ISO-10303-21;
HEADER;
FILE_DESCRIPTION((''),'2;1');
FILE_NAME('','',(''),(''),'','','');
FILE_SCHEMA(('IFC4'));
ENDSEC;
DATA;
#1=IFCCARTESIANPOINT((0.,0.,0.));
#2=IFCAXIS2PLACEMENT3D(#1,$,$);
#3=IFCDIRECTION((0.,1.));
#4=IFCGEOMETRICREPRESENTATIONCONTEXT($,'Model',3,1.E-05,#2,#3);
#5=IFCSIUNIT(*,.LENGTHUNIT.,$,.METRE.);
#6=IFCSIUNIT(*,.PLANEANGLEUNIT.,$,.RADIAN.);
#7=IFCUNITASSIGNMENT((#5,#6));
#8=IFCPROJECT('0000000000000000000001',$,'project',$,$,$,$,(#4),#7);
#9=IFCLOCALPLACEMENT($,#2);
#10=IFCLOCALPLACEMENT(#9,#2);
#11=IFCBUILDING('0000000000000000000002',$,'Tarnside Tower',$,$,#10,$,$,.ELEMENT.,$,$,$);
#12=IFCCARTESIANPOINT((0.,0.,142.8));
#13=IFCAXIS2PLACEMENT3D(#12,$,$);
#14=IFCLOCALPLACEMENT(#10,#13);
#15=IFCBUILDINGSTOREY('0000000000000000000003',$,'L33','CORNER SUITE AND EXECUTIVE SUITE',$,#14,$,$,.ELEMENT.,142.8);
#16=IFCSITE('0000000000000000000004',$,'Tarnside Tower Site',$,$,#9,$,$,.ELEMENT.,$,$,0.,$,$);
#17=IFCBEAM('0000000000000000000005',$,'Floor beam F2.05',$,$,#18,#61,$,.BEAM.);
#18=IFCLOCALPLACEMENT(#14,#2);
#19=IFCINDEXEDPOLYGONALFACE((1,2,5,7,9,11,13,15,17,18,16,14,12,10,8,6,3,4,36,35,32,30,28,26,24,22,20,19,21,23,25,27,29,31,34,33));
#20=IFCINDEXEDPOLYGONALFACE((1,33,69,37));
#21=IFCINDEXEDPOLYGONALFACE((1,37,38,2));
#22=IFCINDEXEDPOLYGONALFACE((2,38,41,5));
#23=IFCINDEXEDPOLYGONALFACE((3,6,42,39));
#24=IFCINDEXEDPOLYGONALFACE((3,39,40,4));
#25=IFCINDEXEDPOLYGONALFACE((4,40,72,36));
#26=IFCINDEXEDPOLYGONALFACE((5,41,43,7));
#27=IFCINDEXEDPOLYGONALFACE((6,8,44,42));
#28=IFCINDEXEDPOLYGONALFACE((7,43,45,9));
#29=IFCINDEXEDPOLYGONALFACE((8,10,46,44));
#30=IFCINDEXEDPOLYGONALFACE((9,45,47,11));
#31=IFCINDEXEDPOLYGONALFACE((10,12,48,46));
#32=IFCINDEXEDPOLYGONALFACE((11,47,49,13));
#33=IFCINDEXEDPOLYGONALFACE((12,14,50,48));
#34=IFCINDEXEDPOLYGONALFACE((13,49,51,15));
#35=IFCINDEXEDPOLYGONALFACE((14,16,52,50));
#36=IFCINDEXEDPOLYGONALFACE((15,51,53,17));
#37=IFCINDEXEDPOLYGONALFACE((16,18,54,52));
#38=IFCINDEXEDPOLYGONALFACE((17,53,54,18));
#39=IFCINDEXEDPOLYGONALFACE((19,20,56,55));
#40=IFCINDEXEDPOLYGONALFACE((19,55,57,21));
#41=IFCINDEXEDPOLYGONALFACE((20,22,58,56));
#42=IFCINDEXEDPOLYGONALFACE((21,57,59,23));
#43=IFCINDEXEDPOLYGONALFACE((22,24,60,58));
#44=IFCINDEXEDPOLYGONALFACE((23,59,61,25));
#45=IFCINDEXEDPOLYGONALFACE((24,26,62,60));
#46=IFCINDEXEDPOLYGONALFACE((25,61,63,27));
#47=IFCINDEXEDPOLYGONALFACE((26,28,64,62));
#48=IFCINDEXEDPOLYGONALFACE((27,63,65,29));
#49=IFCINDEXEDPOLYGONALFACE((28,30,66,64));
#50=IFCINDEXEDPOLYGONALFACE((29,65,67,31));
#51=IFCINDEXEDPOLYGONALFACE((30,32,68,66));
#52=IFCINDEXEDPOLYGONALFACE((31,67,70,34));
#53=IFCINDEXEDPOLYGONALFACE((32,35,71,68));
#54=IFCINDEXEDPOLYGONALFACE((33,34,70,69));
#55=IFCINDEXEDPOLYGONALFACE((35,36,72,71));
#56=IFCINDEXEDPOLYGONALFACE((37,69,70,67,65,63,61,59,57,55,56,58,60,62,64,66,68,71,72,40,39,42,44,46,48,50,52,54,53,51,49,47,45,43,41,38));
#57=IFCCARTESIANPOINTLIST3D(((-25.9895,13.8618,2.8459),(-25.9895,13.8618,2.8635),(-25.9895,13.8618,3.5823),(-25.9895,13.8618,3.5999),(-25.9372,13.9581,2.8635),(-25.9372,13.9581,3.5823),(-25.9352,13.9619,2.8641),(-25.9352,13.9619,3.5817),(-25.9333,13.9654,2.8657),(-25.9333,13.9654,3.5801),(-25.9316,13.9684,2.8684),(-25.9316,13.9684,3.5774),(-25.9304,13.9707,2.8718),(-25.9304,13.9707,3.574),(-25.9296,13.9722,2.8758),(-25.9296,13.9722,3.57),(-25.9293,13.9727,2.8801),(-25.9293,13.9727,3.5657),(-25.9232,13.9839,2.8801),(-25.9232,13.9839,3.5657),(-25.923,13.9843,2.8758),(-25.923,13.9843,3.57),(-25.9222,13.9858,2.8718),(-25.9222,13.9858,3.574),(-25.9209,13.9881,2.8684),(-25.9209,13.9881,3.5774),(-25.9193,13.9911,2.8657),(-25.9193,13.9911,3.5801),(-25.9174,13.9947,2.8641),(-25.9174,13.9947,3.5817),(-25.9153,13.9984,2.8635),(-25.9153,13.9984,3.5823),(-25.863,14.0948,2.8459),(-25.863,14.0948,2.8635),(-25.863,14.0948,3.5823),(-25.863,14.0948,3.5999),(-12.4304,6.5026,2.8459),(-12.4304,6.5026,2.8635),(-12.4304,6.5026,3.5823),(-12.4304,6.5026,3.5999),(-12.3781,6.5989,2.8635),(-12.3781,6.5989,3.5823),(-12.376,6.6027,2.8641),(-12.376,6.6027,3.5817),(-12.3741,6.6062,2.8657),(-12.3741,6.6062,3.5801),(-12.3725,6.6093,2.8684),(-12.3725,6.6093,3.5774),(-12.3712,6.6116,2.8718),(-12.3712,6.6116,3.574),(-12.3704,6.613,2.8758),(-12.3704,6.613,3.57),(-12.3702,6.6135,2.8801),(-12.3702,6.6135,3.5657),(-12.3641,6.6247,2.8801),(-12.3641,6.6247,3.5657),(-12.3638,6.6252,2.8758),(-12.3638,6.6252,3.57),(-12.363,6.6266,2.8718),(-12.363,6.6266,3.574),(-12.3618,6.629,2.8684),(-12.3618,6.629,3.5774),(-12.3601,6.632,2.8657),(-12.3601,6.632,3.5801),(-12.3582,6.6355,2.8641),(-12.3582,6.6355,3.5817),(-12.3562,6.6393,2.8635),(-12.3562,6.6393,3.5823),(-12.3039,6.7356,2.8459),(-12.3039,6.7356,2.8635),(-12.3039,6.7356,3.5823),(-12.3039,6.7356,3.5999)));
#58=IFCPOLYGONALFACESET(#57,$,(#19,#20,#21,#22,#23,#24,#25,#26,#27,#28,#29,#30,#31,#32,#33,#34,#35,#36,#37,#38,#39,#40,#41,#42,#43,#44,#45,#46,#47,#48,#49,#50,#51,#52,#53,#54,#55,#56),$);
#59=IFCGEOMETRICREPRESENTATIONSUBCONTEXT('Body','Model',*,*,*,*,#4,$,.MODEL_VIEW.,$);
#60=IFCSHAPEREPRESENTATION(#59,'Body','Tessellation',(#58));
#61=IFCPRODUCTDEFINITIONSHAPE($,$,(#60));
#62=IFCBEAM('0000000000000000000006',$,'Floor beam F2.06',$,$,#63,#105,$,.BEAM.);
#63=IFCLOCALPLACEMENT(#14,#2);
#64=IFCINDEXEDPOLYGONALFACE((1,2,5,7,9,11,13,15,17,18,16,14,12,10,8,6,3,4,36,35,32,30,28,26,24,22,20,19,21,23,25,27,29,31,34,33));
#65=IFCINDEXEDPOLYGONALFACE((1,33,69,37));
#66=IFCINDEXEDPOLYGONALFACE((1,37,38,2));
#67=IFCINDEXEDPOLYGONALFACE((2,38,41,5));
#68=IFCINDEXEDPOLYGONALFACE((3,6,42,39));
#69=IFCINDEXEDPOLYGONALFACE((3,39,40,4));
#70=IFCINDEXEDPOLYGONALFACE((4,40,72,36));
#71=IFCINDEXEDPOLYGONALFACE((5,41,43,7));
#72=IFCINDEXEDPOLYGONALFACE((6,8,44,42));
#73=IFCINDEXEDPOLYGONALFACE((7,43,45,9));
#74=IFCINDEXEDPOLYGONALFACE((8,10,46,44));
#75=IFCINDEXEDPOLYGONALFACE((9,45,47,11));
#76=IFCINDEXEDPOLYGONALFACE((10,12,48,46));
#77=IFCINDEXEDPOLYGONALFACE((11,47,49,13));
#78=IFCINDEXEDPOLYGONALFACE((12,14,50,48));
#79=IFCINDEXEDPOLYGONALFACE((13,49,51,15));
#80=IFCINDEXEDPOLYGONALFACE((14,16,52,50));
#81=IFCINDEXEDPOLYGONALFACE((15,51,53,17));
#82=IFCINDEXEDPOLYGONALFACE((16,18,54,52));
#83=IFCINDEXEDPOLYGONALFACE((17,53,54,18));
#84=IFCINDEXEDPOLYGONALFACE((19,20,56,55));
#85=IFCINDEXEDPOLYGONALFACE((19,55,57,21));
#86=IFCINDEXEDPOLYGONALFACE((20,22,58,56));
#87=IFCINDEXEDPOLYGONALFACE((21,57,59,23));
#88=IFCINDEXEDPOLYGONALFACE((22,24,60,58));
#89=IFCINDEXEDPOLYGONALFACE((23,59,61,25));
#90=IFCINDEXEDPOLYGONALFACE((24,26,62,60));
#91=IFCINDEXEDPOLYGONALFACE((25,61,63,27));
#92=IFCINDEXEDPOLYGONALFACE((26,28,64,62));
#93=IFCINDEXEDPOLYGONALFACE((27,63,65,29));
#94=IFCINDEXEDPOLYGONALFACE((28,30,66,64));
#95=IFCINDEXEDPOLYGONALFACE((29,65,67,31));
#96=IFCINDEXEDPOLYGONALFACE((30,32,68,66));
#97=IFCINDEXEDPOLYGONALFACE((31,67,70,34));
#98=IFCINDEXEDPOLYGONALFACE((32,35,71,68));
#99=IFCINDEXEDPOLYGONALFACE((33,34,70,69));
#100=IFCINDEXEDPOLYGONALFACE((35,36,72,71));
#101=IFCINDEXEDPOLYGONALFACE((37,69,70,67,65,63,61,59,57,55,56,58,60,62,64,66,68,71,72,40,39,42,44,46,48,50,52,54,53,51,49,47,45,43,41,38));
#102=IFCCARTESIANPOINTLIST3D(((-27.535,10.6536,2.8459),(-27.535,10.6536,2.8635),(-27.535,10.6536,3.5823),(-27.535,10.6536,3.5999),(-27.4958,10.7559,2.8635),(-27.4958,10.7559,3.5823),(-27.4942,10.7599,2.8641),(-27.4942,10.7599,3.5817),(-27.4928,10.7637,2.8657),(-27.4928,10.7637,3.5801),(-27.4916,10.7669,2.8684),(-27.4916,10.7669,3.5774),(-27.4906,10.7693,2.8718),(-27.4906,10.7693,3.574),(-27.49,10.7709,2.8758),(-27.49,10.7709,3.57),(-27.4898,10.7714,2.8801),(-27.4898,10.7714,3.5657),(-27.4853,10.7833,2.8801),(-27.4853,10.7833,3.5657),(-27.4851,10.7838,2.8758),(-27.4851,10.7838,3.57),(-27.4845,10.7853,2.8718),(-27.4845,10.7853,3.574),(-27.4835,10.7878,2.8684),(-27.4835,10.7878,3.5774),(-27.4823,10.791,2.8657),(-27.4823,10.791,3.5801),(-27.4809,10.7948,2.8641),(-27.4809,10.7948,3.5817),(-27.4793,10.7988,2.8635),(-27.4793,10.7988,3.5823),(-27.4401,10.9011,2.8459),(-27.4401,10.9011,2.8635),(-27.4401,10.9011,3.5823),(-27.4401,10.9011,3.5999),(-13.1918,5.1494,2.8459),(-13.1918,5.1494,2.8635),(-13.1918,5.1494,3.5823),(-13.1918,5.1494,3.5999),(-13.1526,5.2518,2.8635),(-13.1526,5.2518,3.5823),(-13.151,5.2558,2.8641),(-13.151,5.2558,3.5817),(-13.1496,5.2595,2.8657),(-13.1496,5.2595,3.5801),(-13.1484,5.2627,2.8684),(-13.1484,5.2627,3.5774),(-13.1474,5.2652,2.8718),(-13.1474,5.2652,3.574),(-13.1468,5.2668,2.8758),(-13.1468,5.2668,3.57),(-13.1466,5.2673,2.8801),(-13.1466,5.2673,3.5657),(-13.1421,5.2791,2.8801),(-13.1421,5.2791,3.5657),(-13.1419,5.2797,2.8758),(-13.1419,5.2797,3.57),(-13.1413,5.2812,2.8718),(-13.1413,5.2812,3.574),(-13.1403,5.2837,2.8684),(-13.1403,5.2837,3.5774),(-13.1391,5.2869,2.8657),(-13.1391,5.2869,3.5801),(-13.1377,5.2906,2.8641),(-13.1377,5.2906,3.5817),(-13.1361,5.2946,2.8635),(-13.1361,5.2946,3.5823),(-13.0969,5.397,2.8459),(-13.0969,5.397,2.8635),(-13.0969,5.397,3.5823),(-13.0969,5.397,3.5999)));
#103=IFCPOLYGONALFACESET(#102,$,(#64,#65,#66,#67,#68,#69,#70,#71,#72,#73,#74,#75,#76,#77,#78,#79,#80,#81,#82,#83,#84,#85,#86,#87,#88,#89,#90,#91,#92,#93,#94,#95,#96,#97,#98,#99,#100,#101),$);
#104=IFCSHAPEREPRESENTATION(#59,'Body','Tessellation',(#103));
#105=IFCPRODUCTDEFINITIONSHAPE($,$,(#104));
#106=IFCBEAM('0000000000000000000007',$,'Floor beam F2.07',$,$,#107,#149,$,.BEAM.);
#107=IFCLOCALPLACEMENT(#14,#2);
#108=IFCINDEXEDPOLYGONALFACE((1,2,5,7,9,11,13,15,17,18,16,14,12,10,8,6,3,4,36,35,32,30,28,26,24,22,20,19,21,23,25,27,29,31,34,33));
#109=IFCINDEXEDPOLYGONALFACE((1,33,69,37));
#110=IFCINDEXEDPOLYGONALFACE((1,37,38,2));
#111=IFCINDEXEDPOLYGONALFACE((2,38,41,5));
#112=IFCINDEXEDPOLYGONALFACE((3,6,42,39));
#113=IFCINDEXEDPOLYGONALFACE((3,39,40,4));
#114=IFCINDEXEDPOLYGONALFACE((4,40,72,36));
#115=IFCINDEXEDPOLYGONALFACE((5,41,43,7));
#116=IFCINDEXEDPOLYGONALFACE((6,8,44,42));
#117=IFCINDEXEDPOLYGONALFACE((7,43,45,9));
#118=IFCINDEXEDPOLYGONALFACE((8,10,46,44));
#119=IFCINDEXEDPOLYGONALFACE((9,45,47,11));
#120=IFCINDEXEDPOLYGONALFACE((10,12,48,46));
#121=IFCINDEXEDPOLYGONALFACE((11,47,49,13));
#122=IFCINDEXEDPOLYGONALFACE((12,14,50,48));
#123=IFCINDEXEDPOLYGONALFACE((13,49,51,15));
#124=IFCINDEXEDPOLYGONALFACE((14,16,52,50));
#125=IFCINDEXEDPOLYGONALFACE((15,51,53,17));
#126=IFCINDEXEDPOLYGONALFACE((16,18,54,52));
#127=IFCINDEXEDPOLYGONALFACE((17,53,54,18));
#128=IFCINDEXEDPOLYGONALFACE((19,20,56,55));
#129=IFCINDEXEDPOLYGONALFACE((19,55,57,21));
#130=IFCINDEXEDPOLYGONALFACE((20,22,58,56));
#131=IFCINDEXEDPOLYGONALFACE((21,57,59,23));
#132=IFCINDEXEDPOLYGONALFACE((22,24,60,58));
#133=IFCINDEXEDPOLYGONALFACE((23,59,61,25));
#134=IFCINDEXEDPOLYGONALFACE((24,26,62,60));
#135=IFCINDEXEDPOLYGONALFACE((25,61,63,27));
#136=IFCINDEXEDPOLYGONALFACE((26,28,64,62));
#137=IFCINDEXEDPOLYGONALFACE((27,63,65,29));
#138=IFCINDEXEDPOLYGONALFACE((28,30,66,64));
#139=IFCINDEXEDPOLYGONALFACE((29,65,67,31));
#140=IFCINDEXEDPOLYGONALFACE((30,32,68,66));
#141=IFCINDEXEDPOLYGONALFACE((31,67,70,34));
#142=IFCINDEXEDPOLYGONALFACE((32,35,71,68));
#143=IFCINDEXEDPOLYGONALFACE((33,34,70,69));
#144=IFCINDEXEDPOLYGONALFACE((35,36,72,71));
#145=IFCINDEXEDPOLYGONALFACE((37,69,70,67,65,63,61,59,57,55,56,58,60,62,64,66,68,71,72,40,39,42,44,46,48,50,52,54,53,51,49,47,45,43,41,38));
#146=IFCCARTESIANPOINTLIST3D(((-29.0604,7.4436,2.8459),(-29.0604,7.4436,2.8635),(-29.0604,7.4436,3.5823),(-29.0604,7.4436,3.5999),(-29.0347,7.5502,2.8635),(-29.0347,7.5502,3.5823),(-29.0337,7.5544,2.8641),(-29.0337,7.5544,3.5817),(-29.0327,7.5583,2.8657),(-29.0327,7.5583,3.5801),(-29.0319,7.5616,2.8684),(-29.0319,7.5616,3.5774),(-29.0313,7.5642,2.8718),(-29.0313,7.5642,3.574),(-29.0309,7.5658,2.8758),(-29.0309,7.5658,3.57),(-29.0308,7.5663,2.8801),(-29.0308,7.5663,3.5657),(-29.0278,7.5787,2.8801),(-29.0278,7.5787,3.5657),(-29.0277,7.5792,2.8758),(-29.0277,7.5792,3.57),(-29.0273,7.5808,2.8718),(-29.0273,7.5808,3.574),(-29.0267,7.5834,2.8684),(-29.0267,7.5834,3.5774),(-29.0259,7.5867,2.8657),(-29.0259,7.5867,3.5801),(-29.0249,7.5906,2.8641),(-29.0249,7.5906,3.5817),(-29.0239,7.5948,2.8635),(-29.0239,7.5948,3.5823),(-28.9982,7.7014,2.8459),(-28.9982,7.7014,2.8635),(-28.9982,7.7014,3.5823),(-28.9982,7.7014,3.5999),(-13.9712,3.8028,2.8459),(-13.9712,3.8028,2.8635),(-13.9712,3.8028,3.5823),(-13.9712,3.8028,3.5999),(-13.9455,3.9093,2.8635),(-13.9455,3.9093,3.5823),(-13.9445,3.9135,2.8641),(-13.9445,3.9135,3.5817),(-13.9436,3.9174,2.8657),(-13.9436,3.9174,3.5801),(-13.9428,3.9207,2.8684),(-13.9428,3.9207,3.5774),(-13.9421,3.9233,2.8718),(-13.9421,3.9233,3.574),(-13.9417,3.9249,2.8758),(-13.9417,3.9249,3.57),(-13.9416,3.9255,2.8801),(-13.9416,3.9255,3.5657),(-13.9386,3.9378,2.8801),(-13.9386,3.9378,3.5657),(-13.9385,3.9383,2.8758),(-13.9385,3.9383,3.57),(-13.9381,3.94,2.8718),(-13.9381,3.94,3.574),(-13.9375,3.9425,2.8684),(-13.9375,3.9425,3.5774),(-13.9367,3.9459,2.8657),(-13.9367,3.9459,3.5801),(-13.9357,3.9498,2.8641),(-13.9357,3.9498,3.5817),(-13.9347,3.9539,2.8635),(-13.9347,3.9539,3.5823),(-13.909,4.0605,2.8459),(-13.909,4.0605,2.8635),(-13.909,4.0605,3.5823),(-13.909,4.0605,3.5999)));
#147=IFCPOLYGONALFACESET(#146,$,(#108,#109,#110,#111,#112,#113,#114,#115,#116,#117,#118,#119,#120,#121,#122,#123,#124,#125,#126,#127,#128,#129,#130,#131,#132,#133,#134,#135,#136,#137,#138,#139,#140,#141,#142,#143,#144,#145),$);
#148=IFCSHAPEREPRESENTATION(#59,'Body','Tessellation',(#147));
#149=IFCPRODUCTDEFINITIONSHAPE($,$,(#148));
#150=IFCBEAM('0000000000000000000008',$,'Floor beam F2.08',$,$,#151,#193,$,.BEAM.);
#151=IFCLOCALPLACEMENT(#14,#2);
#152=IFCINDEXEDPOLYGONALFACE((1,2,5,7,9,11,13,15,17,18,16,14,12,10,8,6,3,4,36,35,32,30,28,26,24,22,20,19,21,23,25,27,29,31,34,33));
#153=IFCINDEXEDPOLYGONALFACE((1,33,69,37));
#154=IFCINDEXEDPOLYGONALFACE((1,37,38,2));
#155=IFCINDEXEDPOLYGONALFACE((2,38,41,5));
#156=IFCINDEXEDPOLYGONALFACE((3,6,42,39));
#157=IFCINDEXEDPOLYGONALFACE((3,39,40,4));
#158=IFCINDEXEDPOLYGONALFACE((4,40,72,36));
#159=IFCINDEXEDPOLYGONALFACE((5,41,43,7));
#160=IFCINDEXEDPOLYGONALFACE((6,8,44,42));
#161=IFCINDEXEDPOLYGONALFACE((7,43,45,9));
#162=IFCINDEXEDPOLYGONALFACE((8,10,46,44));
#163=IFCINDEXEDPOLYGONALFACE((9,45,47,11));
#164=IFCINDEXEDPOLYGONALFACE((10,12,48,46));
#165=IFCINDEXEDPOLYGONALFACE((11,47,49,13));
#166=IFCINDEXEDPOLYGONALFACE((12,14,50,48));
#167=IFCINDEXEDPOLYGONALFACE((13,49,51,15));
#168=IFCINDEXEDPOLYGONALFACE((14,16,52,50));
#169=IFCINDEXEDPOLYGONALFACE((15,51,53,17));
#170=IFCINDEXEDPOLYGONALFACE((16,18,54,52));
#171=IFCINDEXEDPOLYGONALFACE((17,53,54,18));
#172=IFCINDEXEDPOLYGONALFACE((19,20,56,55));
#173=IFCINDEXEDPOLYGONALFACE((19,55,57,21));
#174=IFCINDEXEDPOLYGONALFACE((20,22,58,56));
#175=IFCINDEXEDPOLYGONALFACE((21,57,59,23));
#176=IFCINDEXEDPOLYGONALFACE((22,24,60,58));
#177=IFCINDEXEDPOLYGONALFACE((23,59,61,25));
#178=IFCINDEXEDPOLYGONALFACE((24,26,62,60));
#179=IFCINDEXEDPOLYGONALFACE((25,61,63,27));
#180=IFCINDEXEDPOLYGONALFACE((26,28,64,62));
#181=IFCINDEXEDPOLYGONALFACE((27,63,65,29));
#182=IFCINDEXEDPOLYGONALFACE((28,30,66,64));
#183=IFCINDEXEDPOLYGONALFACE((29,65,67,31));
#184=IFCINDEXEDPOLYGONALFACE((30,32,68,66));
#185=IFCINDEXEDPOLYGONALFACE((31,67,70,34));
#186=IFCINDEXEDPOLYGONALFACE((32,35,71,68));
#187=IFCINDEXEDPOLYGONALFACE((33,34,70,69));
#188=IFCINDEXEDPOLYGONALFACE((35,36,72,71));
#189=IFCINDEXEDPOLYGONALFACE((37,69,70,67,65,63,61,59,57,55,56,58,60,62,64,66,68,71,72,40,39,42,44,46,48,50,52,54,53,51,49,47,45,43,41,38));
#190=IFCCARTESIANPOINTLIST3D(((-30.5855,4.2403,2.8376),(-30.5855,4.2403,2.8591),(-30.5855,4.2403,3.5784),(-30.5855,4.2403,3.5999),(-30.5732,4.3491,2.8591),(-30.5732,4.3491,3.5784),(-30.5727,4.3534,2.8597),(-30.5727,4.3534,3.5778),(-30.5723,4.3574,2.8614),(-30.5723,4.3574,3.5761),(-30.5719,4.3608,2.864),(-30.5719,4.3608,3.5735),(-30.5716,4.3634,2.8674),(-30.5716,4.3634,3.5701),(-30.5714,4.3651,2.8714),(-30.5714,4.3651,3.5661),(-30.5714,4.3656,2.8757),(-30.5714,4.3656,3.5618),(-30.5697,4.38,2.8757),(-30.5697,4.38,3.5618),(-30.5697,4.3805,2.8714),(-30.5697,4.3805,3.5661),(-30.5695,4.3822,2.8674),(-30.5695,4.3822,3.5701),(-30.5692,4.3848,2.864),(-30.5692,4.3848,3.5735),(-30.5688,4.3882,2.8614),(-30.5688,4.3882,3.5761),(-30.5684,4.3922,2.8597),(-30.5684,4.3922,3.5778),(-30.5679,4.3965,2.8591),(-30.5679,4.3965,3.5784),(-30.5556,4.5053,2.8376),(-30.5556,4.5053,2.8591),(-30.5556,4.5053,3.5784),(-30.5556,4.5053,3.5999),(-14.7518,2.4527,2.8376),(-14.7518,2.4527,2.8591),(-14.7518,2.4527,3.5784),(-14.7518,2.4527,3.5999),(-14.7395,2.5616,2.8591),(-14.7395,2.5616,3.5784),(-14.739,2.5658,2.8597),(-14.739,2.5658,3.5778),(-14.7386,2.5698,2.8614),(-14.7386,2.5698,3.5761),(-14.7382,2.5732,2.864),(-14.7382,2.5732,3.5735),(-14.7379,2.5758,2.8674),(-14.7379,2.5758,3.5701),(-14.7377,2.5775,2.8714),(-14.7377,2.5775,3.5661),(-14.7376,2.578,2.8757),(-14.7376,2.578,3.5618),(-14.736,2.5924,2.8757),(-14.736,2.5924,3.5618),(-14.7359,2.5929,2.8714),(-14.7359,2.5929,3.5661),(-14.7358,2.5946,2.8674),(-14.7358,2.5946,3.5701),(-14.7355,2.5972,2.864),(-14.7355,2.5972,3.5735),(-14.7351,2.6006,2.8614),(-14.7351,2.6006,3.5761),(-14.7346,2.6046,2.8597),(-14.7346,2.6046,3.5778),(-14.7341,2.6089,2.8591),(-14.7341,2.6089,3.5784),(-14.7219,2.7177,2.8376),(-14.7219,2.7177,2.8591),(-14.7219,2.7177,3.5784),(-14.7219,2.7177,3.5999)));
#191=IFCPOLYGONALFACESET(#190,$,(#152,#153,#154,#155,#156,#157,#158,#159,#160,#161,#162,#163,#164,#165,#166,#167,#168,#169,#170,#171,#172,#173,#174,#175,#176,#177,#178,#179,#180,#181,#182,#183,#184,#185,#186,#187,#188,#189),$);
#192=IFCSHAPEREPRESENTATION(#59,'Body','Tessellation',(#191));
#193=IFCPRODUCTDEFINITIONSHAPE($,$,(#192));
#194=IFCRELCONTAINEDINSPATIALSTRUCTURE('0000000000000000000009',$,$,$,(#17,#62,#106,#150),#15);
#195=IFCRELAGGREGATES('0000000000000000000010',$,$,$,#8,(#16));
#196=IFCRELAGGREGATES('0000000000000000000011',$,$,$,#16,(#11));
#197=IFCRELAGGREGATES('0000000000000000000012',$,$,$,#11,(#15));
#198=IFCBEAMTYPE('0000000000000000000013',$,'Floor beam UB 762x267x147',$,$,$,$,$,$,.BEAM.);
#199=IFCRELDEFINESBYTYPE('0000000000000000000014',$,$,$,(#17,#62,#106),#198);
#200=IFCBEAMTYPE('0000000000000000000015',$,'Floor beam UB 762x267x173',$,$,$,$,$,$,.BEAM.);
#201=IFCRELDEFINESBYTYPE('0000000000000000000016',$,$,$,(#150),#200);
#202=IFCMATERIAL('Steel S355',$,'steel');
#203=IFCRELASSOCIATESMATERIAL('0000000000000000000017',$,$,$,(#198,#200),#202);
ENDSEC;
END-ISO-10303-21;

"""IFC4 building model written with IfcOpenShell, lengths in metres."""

from ifc_helpers import new_model, si_unit, direction, frame, origin, origin_2d, place, context, subcontext, project, spatial, i_section, extrude, material, material_profile, profile_set, type_object, element, save


model = new_model("IFC4")

# Units and contexts
model_context = context("Model", 3, precision=1e-05, world=origin(), true_north=direction((0.0, 1.0)))
body_context = subcontext(model_context, "Body", "Model", "MODEL_VIEW")
ifc_project = project(units=[si_unit("LENGTHUNIT", "METRE"), si_unit("PLANEANGLEUNIT", "RADIAN")], contexts=[model_context])

# Site, building, storey
site_placement = place(None, origin())
site = spatial("IfcSite", under=ifc_project, at=site_placement, Name="Tarnside Tower Site", CompositionType="ELEMENT", RefElevation=0.0)
building_placement = place(site_placement, origin())
building = spatial("IfcBuilding", under=site, at=building_placement, Name="Tarnside Tower", CompositionType="ELEMENT")
storey_placement = place(building_placement, frame((0.0, 0.0, 142.8)))
storey = spatial("IfcBuildingStorey", under=building, at=storey_placement, Name="L33", Description="CORNER SUITE AND EXECUTIVE SUITE", CompositionType="ELEMENT", Elevation=142.8)

# Beams
ifc_material_1 = material(Name="Steel S355", Category="steel")
ifc_material_profile_1 = material_profile(ifc_material_1, i_section(OverallWidth=0.2651, OverallDepth=0.7539, WebThickness=0.0127, FlangeThickness=0.0176, FilletRadius=0.0166, at=origin_2d()), Name="UB 762x267x147")
ifc_profile_set_1 = profile_set([ifc_material_profile_1], Name="Steel S355")
beam_type_1 = type_object("IfcBeamType", Name="Floor beam UB 762x267x147", PredefinedType="BEAM", material=ifc_profile_set_1)
beam_1_placement = place(storey_placement, frame((-25.9263, 13.9783, 3.2229), z_axis=(0.878895, -0.477016, 0.0), x_axis=(0.477016, 0.878895, 0.0)))
element("IfcBeam", 1, at=beam_1_placement, inside=storey, type_object=beam_type_1, Name="Floor beam F2.05", PredefinedType="BEAM", context=body_context, shape_type="SweptSolid", body=[
    extrude(i_section(OverallWidth=0.2651, OverallDepth=0.7539, WebThickness=0.0127, FlangeThickness=0.0176, FilletRadius=0.0166, at=origin_2d()), origin(), (0.0, 0.0, 1.0), 15.4275),
])
beam_2_placement = place(storey_placement, frame((-27.4875, 10.7773, 3.2229), z_axis=(0.933618, -0.358271, 0.0), x_axis=(0.358271, 0.933618, 0.0)))
element("IfcBeam", 2, at=beam_2_placement, inside=storey, type_object=beam_type_1, Name="Floor beam F2.06", PredefinedType="BEAM", context=body_context, shape_type="SweptSolid", body=[
    extrude(i_section(OverallWidth=0.2651, OverallDepth=0.7539, WebThickness=0.0127, FlangeThickness=0.0176, FilletRadius=0.0166, at=origin_2d()), origin(), (0.0, 0.0, 1.0), 15.363),
])
beam_3_placement = place(storey_placement, frame((-29.0293, 7.5725, 3.2229), z_axis=(0.972102, -0.23456, 0.0), x_axis=(0.23456, 0.972102, 0.0)))
element("IfcBeam", 3, at=beam_3_placement, inside=storey, type_object=beam_type_1, Name="Floor beam F2.07", PredefinedType="BEAM", context=body_context, shape_type="SweptSolid", body=[
    extrude(i_section(OverallWidth=0.2651, OverallDepth=0.7539, WebThickness=0.0127, FlangeThickness=0.0176, FilletRadius=0.0166, at=origin_2d()), origin(), (0.0, 0.0, 1.0), 15.5222),
])
ifc_material_profile_2 = material_profile(ifc_material_1, i_section(OverallWidth=0.2666, OverallDepth=0.7622, WebThickness=0.0144, FlangeThickness=0.0215, FilletRadius=0.0166, at=origin_2d()), Name="UB 762x267x173")
ifc_profile_set_2 = profile_set([ifc_material_profile_2], Name="Steel S355")
beam_type_2 = type_object("IfcBeamType", Name="Floor beam UB 762x267x173", PredefinedType="BEAM", material=ifc_profile_set_2)
beam_4_placement = place(storey_placement, frame((-30.5706, 4.3728, 3.2188), z_axis=(0.993687, -0.112185, 0.0), x_axis=(0.112185, 0.993687, 0.0)))
element("IfcBeam", 4, at=beam_4_placement, inside=storey, type_object=beam_type_2, Name="Floor beam F2.08", PredefinedType="BEAM", context=body_context, shape_type="SweptSolid", body=[
    extrude(i_section(OverallWidth=0.2666, OverallDepth=0.7622, WebThickness=0.0144, FlangeThickness=0.0215, FilletRadius=0.0166, at=origin_2d()), origin(), (0.0, 0.0, 1.0), 15.9343),
])

save(model, "model.ifc")
